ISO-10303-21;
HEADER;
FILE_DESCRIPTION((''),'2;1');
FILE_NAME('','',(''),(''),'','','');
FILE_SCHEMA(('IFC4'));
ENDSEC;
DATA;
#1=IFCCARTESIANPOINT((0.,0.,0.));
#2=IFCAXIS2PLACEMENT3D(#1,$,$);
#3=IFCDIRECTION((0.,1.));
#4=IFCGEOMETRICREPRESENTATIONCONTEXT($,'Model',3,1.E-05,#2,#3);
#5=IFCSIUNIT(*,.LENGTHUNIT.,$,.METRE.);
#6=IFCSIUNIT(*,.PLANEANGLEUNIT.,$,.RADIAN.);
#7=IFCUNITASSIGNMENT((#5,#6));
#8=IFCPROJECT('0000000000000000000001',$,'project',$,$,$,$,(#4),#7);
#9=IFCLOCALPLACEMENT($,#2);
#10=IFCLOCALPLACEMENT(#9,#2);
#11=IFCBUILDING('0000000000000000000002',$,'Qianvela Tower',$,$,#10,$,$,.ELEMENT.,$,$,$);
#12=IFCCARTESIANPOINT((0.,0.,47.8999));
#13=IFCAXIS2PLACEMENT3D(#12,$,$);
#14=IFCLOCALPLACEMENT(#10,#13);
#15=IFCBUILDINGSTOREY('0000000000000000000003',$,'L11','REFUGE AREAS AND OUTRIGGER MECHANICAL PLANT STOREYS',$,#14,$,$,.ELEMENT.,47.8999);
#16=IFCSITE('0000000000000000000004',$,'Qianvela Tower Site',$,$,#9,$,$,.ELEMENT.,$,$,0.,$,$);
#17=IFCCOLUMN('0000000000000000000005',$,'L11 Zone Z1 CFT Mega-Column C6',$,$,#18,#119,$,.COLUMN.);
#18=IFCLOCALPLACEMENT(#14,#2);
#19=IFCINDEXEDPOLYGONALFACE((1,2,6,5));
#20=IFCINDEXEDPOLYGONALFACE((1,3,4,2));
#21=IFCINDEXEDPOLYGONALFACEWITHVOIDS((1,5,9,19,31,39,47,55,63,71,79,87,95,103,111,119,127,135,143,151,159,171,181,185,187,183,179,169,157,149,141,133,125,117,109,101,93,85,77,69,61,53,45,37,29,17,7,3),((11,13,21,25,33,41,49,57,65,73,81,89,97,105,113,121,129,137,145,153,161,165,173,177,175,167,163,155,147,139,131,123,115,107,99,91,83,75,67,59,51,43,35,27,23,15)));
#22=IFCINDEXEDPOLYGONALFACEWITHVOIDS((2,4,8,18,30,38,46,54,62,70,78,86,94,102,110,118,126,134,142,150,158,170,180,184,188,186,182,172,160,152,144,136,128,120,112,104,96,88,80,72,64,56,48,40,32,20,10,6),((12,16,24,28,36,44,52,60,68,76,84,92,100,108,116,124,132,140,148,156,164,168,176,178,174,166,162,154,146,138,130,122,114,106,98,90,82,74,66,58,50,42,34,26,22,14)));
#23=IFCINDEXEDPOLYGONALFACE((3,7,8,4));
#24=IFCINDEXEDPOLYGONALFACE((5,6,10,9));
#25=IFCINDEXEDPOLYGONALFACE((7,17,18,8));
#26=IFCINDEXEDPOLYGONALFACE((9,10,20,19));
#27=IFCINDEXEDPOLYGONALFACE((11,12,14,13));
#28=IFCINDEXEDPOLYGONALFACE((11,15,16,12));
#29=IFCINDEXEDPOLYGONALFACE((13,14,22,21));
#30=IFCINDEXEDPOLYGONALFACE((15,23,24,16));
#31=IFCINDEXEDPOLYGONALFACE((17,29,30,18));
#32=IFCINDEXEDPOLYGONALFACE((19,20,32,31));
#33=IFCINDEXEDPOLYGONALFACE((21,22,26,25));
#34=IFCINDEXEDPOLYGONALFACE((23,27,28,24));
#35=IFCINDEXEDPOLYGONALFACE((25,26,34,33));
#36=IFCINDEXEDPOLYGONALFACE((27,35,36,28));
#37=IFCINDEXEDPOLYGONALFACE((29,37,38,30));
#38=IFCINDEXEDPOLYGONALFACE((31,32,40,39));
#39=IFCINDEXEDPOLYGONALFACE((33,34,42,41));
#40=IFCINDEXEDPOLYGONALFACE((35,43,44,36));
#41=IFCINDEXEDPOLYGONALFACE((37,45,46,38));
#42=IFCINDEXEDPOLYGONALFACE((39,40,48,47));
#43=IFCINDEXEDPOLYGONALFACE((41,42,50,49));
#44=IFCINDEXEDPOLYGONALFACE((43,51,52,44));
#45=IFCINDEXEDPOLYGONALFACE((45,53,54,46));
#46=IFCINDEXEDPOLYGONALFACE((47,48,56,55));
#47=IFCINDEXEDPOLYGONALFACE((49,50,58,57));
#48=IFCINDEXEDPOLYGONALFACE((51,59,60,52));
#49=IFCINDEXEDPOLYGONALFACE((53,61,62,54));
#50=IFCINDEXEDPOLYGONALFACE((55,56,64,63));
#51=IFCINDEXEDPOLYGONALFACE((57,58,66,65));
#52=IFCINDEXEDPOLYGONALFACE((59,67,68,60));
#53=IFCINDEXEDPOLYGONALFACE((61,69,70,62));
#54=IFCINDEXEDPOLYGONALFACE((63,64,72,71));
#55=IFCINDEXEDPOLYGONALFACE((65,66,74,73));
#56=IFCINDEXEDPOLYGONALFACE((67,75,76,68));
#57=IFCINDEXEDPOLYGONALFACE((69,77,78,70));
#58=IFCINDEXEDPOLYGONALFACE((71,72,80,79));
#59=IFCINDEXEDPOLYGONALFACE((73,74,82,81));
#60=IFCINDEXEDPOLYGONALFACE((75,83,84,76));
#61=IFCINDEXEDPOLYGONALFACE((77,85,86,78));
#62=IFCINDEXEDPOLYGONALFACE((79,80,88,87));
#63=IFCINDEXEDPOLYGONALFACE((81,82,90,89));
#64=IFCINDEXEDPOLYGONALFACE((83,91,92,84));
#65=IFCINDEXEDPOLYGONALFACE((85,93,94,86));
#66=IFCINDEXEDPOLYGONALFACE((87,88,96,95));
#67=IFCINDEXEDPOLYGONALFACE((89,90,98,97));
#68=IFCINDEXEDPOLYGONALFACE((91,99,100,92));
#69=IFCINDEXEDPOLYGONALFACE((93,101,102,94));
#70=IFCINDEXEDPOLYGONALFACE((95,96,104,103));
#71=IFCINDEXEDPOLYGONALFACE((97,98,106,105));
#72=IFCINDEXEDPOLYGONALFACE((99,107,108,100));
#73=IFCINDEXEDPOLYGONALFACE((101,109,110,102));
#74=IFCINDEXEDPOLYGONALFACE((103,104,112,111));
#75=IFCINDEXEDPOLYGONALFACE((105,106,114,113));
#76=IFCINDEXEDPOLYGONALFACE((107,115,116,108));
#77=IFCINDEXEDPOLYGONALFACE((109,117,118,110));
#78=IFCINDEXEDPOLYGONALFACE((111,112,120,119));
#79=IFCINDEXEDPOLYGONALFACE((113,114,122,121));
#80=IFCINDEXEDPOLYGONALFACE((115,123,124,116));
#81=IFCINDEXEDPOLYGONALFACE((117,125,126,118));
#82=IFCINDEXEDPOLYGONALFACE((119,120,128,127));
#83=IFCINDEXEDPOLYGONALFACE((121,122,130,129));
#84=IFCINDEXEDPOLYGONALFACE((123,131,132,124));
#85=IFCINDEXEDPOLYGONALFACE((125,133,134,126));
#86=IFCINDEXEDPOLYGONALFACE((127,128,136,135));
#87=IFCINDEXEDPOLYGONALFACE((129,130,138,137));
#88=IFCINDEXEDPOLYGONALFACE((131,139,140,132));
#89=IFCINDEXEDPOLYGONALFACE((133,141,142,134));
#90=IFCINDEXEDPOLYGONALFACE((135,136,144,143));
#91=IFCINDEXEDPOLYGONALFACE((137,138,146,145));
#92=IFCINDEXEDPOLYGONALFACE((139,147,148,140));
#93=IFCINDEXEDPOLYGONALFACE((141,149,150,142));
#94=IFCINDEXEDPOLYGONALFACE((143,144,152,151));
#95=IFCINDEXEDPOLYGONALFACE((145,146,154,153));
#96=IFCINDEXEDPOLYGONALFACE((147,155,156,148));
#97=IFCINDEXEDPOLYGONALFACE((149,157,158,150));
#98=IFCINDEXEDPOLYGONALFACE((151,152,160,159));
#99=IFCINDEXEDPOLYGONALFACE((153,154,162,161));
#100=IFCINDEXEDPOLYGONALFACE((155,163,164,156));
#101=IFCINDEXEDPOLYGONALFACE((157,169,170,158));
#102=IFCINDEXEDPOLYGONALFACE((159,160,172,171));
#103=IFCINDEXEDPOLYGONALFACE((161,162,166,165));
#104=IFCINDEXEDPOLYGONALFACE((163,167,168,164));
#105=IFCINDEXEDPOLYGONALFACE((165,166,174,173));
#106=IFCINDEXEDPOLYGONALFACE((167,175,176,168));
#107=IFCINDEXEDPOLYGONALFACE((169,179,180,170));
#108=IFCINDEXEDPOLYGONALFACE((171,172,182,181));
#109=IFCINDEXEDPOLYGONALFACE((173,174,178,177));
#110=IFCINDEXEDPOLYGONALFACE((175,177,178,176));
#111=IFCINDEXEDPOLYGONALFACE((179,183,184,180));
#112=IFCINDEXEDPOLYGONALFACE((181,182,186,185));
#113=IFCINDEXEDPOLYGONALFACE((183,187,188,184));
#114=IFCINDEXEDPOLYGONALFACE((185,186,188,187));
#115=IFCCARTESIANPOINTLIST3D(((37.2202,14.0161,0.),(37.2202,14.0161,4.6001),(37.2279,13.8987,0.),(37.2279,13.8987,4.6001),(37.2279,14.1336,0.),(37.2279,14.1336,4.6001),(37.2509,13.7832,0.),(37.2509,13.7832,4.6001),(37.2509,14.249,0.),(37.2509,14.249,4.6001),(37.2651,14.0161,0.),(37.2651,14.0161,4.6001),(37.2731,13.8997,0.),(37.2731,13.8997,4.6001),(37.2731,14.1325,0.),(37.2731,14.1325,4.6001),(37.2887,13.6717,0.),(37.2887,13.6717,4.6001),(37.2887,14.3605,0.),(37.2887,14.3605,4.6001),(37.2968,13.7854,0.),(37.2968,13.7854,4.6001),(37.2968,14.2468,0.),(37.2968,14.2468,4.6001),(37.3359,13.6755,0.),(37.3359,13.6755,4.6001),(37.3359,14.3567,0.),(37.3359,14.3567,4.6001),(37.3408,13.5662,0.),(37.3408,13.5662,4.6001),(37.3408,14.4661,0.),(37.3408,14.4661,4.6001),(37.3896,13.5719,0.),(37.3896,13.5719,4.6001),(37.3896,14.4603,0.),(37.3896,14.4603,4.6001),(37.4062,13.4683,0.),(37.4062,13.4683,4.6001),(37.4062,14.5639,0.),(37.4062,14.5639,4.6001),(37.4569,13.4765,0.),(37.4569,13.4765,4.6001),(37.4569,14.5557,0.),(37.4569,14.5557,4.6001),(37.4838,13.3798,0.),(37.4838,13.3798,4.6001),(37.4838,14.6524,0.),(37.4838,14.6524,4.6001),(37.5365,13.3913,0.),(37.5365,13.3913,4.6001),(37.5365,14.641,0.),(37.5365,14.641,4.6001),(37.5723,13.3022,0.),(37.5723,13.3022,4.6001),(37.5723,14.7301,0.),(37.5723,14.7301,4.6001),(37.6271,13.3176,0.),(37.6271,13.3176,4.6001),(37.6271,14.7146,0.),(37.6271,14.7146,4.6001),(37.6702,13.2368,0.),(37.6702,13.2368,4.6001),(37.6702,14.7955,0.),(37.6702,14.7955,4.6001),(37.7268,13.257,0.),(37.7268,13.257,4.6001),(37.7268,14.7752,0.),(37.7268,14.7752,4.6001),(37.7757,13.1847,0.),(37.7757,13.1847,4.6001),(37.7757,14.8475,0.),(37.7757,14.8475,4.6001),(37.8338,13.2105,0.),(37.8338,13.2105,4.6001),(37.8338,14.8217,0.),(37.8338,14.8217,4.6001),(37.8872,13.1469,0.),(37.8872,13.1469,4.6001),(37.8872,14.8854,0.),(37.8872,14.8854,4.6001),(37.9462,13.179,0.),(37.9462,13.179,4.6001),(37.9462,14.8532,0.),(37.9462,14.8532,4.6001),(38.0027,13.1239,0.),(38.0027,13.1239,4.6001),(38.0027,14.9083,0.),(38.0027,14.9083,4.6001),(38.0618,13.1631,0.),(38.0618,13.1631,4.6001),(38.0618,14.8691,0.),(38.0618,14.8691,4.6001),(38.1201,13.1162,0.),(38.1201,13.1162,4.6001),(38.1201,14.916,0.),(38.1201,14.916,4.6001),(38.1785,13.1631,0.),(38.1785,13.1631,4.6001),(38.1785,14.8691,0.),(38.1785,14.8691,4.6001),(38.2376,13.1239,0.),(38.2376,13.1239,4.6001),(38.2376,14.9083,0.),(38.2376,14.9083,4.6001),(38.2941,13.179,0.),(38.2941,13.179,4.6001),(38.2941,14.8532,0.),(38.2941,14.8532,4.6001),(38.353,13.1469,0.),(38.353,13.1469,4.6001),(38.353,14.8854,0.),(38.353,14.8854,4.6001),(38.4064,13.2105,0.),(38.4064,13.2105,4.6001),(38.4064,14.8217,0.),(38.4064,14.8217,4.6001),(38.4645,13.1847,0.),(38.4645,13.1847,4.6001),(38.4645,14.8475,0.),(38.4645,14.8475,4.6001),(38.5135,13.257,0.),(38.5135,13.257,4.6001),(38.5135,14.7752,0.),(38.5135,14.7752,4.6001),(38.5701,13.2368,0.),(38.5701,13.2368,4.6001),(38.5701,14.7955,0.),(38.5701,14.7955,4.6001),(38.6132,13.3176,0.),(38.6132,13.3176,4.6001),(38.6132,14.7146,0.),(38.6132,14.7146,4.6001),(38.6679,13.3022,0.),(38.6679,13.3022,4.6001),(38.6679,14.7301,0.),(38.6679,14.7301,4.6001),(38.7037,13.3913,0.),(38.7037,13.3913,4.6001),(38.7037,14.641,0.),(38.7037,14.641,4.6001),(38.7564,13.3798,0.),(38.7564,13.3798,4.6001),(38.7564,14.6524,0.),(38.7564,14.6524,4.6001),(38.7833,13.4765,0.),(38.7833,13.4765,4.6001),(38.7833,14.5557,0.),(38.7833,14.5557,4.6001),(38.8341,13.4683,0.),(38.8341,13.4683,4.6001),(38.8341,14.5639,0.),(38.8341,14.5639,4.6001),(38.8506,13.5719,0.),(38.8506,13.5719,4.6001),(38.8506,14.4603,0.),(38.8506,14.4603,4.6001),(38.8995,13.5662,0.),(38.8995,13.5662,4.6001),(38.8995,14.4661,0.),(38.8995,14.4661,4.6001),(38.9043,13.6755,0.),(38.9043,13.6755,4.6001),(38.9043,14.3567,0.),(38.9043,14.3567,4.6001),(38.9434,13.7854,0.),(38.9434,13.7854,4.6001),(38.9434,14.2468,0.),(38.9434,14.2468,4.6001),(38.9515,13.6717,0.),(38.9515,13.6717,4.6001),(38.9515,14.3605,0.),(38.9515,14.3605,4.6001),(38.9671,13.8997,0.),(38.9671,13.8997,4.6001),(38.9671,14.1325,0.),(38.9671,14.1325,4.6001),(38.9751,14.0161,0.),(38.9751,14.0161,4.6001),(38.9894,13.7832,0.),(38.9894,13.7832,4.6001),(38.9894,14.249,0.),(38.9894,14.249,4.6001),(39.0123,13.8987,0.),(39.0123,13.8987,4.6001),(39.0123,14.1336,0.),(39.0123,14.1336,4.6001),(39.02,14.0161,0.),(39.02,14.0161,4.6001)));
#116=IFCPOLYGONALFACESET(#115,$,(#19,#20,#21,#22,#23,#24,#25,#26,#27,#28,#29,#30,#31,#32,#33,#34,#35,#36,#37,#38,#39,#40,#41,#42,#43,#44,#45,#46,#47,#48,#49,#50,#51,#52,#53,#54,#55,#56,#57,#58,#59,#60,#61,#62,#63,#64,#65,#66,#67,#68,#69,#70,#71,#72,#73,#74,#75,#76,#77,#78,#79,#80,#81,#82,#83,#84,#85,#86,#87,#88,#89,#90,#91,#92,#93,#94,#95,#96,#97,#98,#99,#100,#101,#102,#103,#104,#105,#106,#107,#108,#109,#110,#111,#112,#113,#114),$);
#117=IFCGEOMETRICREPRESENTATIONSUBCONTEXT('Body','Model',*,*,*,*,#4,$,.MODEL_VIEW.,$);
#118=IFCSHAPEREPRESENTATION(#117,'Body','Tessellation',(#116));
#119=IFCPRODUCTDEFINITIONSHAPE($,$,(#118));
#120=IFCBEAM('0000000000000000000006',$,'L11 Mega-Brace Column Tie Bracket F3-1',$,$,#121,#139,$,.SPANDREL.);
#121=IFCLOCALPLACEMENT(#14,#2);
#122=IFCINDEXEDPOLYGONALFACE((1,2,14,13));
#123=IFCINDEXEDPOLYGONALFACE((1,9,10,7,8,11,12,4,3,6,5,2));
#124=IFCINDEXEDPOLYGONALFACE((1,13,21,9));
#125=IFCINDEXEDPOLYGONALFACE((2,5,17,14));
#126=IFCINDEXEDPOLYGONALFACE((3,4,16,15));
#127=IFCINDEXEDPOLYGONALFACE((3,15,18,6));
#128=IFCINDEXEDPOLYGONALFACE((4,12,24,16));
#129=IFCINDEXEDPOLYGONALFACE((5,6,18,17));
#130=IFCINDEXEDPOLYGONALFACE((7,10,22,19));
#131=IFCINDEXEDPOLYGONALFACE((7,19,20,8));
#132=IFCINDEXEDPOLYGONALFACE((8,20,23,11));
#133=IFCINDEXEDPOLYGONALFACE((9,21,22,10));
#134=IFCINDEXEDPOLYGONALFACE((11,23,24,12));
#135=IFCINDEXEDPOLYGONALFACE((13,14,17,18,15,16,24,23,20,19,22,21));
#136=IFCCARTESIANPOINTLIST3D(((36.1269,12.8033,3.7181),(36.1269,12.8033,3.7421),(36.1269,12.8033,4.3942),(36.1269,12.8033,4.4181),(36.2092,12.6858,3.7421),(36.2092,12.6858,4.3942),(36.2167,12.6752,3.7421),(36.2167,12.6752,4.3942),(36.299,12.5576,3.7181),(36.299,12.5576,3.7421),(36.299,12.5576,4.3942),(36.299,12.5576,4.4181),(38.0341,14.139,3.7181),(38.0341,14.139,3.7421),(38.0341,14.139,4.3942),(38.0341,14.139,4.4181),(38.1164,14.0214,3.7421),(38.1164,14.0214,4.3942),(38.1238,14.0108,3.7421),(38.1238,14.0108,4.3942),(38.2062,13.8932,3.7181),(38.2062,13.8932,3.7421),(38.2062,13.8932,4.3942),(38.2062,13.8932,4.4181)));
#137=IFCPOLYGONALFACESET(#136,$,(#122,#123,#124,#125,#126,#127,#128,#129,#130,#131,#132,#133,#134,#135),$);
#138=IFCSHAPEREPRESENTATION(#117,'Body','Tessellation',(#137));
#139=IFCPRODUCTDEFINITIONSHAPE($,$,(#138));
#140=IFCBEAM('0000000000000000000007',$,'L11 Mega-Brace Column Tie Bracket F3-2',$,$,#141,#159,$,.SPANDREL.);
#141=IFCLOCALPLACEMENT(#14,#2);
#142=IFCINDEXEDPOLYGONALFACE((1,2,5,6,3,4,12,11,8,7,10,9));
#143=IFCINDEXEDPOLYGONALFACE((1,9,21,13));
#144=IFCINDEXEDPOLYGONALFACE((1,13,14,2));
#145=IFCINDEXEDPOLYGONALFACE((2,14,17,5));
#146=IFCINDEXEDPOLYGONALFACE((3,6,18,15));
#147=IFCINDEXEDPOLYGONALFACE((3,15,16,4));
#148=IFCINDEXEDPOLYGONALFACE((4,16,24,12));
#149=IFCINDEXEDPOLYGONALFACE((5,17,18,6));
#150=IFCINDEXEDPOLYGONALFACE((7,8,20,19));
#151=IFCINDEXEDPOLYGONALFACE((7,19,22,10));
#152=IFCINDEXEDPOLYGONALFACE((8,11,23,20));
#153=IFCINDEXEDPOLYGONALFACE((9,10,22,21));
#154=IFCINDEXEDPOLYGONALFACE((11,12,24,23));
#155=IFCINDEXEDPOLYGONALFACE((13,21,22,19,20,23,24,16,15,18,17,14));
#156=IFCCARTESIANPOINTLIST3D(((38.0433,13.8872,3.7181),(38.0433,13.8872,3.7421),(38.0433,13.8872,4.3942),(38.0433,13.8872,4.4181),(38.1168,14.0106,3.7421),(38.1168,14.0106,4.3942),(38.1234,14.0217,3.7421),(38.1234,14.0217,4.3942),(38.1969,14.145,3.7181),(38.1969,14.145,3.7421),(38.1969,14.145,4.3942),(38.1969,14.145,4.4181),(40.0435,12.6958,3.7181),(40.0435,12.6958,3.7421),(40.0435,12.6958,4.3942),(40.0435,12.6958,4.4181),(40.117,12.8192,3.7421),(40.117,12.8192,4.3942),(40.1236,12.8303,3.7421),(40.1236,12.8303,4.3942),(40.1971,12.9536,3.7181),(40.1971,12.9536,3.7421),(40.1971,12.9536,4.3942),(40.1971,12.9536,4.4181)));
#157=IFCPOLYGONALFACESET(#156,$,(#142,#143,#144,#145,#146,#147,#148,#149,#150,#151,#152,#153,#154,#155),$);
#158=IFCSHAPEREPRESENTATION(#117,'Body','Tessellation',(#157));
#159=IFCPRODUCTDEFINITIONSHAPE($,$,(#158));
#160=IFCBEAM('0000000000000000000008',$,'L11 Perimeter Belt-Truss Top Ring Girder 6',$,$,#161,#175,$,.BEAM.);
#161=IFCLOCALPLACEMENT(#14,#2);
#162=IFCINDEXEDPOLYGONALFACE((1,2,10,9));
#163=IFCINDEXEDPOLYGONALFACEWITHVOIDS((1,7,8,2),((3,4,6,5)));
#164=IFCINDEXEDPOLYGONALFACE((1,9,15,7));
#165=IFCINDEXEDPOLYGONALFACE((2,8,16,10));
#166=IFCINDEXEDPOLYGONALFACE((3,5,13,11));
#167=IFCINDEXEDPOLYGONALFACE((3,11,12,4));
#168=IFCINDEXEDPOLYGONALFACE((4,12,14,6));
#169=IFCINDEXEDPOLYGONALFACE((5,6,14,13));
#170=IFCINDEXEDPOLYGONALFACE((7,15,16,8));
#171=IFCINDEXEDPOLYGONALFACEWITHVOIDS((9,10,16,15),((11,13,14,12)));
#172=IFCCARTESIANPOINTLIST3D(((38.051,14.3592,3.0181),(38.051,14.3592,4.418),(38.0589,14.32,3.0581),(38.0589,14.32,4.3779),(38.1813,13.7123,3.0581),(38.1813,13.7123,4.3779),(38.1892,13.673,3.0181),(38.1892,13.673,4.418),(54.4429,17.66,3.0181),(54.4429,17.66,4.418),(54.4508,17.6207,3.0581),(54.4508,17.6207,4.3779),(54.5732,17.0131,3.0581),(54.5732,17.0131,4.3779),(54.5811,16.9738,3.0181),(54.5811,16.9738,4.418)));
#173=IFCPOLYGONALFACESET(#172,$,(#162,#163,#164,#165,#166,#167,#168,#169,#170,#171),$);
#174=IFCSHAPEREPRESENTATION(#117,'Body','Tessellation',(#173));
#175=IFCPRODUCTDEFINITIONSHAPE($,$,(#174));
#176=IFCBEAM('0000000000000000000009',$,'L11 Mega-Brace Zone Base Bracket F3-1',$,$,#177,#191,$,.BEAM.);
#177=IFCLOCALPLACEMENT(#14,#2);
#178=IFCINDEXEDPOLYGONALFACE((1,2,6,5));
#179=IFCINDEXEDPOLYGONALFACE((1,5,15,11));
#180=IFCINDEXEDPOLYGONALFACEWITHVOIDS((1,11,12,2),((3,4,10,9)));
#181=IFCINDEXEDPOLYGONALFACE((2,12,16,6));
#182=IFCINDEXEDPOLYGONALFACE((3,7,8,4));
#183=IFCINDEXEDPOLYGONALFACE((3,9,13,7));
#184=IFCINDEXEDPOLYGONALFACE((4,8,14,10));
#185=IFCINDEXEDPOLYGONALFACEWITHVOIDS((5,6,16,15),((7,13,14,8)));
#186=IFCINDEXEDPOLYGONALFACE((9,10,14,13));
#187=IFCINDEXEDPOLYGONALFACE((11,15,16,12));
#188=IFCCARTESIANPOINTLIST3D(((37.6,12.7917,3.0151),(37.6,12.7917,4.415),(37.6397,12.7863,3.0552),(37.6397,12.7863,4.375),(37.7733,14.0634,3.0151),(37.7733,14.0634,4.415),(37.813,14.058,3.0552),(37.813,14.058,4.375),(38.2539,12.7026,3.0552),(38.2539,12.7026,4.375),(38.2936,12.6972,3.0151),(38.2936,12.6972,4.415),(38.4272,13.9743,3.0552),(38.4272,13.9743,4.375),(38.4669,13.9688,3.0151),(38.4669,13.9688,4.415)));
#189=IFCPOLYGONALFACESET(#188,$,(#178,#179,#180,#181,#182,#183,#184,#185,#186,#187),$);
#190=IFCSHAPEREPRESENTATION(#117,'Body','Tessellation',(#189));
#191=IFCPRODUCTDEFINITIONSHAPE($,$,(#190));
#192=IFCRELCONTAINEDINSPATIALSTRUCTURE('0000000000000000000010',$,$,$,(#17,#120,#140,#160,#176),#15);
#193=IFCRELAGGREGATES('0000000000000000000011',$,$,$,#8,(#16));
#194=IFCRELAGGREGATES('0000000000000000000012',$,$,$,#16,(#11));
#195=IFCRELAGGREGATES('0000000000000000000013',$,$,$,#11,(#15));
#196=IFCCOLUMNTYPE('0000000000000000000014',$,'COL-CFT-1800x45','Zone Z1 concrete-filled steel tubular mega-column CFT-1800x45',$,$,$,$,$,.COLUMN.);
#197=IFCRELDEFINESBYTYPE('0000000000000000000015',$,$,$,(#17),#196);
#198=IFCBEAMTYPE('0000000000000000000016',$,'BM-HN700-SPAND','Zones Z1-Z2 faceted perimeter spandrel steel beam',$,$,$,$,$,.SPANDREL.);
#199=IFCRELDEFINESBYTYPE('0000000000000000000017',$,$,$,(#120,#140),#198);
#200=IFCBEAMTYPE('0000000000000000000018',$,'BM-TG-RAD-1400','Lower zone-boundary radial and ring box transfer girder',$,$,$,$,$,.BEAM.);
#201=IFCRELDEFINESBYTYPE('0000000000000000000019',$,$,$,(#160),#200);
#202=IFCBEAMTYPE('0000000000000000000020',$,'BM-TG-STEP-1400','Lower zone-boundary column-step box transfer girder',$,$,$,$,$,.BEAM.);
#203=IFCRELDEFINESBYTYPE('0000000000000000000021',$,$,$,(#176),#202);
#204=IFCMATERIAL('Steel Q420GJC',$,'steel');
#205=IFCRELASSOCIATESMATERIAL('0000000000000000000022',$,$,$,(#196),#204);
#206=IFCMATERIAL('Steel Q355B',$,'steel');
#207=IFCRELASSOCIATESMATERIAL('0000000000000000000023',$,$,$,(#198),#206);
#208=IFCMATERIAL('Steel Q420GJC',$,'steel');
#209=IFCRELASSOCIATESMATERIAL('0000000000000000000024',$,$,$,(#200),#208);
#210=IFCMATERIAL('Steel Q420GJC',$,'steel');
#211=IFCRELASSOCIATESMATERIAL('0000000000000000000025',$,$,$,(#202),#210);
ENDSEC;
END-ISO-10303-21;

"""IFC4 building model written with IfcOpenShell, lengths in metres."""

from ifc_helpers import new_model, si_unit, direction, frame, origin, origin_2d, place, context, subcontext, project, spatial, hollow_rectangle, hollow_circle, i_section, extrude, material, material_profile, profile_set, type_object, element, save


model = new_model("IFC4")

# Units and contexts
model_context = context("Model", 3, precision=1e-05, world=origin(), true_north=direction((0.0, 1.0)))
body_context = subcontext(model_context, "Body", "Model", "MODEL_VIEW")
ifc_project = project(units=[si_unit("LENGTHUNIT", "METRE"), si_unit("PLANEANGLEUNIT", "RADIAN")], contexts=[model_context])

# Site, building, storey
site_placement = place(None, origin())
site = spatial("IfcSite", under=ifc_project, at=site_placement, Name="Qianvela Tower Site", CompositionType="ELEMENT", RefElevation=0.0)
building_placement = place(site_placement, origin())
building = spatial("IfcBuilding", under=site, at=building_placement, Name="Qianvela Tower", CompositionType="ELEMENT")
storey_placement = place(building_placement, frame((0.0, 0.0, 47.8999)))
storey = spatial("IfcBuildingStorey", under=building, at=storey_placement, Name="L11", Description="REFUGE AREAS AND OUTRIGGER MECHANICAL PLANT STOREYS", CompositionType="ELEMENT", Elevation=47.8999)

# Column
ifc_material_1 = material(Name="Steel Q420GJC", Category="steel")
ifc_material_profile_1 = material_profile(ifc_material_1, hollow_circle(Radius=0.8999, WallThickness=0.0449, at=origin_2d()), Name="CFT-1800x45")
ifc_profile_set_1 = profile_set([ifc_material_profile_1], Name="Steel Q420GJC")
column_type = type_object("IfcColumnType", Name="COL-CFT-1800x45", Description="Zone Z1 concrete-filled steel tubular mega-column CFT-1800x45", PredefinedType="COLUMN", material=ifc_profile_set_1)
column_placement = place(storey_placement, frame((38.1201, 14.0161, 0.0), z_axis=(0.0, 0.0, 1.0), x_axis=(1.0, 0.0, 0.0)))
element("IfcColumn", 1, at=column_placement, inside=storey, type_object=column_type, Name="L11 Zone Z1 CFT Mega-Column C6", PredefinedType="COLUMN", context=body_context, shape_type="SweptSolid", body=[
    extrude(hollow_circle(Radius=0.8999, WallThickness=0.0449, at=origin_2d()), origin(), (0.0, 0.0, 1.0), 4.6001),
])

# Beams
ifc_material_2 = material(Name="Steel Q355B", Category="steel")
ifc_material_profile_2 = material_profile(ifc_material_2, i_section(OverallWidth=0.3, OverallDepth=0.7, WebThickness=0.0129, FlangeThickness=0.0239, at=origin_2d()), Name="HN700x300x13x24")
ifc_profile_set_2 = profile_set([ifc_material_profile_2], Name="Steel Q355B")
beam_type_1 = type_object("IfcBeamType", Name="BM-HN700-SPAND", Description="Zones Z1-Z2 faceted perimeter spandrel steel beam", PredefinedType="SPANDREL", material=ifc_profile_set_2)
beam_1_placement = place(storey_placement, frame((38.1201, 14.0161, 4.0681), z_axis=(-0.819104, -0.573645, 0.0), x_axis=(0.573645, -0.819104, 0.0)))
element("IfcBeam", 2, at=beam_1_placement, inside=storey, type_object=beam_type_1, Name="L11 Mega-Brace Column Tie Bracket F3-1", PredefinedType="SPANDREL", context=body_context, shape_type="SweptSolid", body=[
    extrude(i_section(OverallWidth=0.3, OverallDepth=0.7, WebThickness=0.0129, FlangeThickness=0.0239, at=origin_2d()), origin(), (0.0, 0.0, 1.0), 2.3284),
])
beam_2_placement = place(storey_placement, frame((38.1201, 14.0161, 4.0681), z_axis=(0.859145, -0.511733, 0.0), x_axis=(0.511733, 0.859145, 0.0)))
element("IfcBeam", 3, at=beam_2_placement, inside=storey, type_object=beam_type_1, Name="L11 Mega-Brace Column Tie Bracket F3-2", PredefinedType="SPANDREL", context=body_context, shape_type="SweptSolid", body=[
    extrude(i_section(OverallWidth=0.3, OverallDepth=0.7, WebThickness=0.0129, FlangeThickness=0.0239, at=origin_2d()), origin(), (0.0, 0.0, 1.0), 2.3281),
])
ifc_material_3 = material(Name="Steel Q420GJC", Category="steel")
ifc_material_profile_3 = material_profile(ifc_material_3, hollow_rectangle(XDim=0.7, YDim=1.3999, WallThickness=0.04, at=origin_2d()), Name="TG-BOX-1400x700x40")
ifc_profile_set_3 = profile_set([ifc_material_profile_3], Name="Steel Q420GJC")
beam_type_2 = type_object("IfcBeamType", Name="BM-TG-RAD-1400", Description="Lower zone-boundary radial and ring box transfer girder", PredefinedType="BEAM", material=ifc_profile_set_3)
beam_3_placement = place(storey_placement, frame((38.1201, 14.0161, 3.718), z_axis=(0.980322, 0.197405, 0.0), x_axis=(-0.197405, 0.980322, 0.0)))
element("IfcBeam", 4, at=beam_3_placement, inside=storey, type_object=beam_type_2, Name="L11 Perimeter Belt-Truss Top Ring Girder 6", PredefinedType="BEAM", context=body_context, shape_type="SweptSolid", body=[
    extrude(hollow_rectangle(XDim=0.7, YDim=1.3999, WallThickness=0.04, at=origin_2d()), origin(), (0.0, 0.0, 1.0), 16.7209),
])
ifc_material_4 = material(Name="Steel Q420GJC", Category="steel")
ifc_material_profile_4 = material_profile(ifc_material_4, hollow_rectangle(XDim=0.7, YDim=1.3999, WallThickness=0.04, at=origin_2d()), Name="TG-BOX-1400x700x40")
ifc_profile_set_4 = profile_set([ifc_material_profile_4], Name="Steel Q420GJC")
beam_type_3 = type_object("IfcBeamType", Name="BM-TG-STEP-1400", Description="Lower zone-boundary column-step box transfer girder", PredefinedType="BEAM", material=ifc_profile_set_4)
beam_4_placement = place(storey_placement, frame((38.1201, 14.0161, 3.7151), z_axis=(-0.135054, -0.990838, 0.0), x_axis=(0.990838, -0.135054, 0.0)))
element("IfcBeam", 5, at=beam_4_placement, inside=storey, type_object=beam_type_3, Name="L11 Mega-Brace Zone Base Bracket F3-1", PredefinedType="BEAM", context=body_context, shape_type="SweptSolid", body=[
    extrude(hollow_rectangle(XDim=0.7, YDim=1.3999, WallThickness=0.04, at=origin_2d()), origin(), (0.0, 0.0, 1.0), 1.2834),
])

save(model, "model.ifc")
